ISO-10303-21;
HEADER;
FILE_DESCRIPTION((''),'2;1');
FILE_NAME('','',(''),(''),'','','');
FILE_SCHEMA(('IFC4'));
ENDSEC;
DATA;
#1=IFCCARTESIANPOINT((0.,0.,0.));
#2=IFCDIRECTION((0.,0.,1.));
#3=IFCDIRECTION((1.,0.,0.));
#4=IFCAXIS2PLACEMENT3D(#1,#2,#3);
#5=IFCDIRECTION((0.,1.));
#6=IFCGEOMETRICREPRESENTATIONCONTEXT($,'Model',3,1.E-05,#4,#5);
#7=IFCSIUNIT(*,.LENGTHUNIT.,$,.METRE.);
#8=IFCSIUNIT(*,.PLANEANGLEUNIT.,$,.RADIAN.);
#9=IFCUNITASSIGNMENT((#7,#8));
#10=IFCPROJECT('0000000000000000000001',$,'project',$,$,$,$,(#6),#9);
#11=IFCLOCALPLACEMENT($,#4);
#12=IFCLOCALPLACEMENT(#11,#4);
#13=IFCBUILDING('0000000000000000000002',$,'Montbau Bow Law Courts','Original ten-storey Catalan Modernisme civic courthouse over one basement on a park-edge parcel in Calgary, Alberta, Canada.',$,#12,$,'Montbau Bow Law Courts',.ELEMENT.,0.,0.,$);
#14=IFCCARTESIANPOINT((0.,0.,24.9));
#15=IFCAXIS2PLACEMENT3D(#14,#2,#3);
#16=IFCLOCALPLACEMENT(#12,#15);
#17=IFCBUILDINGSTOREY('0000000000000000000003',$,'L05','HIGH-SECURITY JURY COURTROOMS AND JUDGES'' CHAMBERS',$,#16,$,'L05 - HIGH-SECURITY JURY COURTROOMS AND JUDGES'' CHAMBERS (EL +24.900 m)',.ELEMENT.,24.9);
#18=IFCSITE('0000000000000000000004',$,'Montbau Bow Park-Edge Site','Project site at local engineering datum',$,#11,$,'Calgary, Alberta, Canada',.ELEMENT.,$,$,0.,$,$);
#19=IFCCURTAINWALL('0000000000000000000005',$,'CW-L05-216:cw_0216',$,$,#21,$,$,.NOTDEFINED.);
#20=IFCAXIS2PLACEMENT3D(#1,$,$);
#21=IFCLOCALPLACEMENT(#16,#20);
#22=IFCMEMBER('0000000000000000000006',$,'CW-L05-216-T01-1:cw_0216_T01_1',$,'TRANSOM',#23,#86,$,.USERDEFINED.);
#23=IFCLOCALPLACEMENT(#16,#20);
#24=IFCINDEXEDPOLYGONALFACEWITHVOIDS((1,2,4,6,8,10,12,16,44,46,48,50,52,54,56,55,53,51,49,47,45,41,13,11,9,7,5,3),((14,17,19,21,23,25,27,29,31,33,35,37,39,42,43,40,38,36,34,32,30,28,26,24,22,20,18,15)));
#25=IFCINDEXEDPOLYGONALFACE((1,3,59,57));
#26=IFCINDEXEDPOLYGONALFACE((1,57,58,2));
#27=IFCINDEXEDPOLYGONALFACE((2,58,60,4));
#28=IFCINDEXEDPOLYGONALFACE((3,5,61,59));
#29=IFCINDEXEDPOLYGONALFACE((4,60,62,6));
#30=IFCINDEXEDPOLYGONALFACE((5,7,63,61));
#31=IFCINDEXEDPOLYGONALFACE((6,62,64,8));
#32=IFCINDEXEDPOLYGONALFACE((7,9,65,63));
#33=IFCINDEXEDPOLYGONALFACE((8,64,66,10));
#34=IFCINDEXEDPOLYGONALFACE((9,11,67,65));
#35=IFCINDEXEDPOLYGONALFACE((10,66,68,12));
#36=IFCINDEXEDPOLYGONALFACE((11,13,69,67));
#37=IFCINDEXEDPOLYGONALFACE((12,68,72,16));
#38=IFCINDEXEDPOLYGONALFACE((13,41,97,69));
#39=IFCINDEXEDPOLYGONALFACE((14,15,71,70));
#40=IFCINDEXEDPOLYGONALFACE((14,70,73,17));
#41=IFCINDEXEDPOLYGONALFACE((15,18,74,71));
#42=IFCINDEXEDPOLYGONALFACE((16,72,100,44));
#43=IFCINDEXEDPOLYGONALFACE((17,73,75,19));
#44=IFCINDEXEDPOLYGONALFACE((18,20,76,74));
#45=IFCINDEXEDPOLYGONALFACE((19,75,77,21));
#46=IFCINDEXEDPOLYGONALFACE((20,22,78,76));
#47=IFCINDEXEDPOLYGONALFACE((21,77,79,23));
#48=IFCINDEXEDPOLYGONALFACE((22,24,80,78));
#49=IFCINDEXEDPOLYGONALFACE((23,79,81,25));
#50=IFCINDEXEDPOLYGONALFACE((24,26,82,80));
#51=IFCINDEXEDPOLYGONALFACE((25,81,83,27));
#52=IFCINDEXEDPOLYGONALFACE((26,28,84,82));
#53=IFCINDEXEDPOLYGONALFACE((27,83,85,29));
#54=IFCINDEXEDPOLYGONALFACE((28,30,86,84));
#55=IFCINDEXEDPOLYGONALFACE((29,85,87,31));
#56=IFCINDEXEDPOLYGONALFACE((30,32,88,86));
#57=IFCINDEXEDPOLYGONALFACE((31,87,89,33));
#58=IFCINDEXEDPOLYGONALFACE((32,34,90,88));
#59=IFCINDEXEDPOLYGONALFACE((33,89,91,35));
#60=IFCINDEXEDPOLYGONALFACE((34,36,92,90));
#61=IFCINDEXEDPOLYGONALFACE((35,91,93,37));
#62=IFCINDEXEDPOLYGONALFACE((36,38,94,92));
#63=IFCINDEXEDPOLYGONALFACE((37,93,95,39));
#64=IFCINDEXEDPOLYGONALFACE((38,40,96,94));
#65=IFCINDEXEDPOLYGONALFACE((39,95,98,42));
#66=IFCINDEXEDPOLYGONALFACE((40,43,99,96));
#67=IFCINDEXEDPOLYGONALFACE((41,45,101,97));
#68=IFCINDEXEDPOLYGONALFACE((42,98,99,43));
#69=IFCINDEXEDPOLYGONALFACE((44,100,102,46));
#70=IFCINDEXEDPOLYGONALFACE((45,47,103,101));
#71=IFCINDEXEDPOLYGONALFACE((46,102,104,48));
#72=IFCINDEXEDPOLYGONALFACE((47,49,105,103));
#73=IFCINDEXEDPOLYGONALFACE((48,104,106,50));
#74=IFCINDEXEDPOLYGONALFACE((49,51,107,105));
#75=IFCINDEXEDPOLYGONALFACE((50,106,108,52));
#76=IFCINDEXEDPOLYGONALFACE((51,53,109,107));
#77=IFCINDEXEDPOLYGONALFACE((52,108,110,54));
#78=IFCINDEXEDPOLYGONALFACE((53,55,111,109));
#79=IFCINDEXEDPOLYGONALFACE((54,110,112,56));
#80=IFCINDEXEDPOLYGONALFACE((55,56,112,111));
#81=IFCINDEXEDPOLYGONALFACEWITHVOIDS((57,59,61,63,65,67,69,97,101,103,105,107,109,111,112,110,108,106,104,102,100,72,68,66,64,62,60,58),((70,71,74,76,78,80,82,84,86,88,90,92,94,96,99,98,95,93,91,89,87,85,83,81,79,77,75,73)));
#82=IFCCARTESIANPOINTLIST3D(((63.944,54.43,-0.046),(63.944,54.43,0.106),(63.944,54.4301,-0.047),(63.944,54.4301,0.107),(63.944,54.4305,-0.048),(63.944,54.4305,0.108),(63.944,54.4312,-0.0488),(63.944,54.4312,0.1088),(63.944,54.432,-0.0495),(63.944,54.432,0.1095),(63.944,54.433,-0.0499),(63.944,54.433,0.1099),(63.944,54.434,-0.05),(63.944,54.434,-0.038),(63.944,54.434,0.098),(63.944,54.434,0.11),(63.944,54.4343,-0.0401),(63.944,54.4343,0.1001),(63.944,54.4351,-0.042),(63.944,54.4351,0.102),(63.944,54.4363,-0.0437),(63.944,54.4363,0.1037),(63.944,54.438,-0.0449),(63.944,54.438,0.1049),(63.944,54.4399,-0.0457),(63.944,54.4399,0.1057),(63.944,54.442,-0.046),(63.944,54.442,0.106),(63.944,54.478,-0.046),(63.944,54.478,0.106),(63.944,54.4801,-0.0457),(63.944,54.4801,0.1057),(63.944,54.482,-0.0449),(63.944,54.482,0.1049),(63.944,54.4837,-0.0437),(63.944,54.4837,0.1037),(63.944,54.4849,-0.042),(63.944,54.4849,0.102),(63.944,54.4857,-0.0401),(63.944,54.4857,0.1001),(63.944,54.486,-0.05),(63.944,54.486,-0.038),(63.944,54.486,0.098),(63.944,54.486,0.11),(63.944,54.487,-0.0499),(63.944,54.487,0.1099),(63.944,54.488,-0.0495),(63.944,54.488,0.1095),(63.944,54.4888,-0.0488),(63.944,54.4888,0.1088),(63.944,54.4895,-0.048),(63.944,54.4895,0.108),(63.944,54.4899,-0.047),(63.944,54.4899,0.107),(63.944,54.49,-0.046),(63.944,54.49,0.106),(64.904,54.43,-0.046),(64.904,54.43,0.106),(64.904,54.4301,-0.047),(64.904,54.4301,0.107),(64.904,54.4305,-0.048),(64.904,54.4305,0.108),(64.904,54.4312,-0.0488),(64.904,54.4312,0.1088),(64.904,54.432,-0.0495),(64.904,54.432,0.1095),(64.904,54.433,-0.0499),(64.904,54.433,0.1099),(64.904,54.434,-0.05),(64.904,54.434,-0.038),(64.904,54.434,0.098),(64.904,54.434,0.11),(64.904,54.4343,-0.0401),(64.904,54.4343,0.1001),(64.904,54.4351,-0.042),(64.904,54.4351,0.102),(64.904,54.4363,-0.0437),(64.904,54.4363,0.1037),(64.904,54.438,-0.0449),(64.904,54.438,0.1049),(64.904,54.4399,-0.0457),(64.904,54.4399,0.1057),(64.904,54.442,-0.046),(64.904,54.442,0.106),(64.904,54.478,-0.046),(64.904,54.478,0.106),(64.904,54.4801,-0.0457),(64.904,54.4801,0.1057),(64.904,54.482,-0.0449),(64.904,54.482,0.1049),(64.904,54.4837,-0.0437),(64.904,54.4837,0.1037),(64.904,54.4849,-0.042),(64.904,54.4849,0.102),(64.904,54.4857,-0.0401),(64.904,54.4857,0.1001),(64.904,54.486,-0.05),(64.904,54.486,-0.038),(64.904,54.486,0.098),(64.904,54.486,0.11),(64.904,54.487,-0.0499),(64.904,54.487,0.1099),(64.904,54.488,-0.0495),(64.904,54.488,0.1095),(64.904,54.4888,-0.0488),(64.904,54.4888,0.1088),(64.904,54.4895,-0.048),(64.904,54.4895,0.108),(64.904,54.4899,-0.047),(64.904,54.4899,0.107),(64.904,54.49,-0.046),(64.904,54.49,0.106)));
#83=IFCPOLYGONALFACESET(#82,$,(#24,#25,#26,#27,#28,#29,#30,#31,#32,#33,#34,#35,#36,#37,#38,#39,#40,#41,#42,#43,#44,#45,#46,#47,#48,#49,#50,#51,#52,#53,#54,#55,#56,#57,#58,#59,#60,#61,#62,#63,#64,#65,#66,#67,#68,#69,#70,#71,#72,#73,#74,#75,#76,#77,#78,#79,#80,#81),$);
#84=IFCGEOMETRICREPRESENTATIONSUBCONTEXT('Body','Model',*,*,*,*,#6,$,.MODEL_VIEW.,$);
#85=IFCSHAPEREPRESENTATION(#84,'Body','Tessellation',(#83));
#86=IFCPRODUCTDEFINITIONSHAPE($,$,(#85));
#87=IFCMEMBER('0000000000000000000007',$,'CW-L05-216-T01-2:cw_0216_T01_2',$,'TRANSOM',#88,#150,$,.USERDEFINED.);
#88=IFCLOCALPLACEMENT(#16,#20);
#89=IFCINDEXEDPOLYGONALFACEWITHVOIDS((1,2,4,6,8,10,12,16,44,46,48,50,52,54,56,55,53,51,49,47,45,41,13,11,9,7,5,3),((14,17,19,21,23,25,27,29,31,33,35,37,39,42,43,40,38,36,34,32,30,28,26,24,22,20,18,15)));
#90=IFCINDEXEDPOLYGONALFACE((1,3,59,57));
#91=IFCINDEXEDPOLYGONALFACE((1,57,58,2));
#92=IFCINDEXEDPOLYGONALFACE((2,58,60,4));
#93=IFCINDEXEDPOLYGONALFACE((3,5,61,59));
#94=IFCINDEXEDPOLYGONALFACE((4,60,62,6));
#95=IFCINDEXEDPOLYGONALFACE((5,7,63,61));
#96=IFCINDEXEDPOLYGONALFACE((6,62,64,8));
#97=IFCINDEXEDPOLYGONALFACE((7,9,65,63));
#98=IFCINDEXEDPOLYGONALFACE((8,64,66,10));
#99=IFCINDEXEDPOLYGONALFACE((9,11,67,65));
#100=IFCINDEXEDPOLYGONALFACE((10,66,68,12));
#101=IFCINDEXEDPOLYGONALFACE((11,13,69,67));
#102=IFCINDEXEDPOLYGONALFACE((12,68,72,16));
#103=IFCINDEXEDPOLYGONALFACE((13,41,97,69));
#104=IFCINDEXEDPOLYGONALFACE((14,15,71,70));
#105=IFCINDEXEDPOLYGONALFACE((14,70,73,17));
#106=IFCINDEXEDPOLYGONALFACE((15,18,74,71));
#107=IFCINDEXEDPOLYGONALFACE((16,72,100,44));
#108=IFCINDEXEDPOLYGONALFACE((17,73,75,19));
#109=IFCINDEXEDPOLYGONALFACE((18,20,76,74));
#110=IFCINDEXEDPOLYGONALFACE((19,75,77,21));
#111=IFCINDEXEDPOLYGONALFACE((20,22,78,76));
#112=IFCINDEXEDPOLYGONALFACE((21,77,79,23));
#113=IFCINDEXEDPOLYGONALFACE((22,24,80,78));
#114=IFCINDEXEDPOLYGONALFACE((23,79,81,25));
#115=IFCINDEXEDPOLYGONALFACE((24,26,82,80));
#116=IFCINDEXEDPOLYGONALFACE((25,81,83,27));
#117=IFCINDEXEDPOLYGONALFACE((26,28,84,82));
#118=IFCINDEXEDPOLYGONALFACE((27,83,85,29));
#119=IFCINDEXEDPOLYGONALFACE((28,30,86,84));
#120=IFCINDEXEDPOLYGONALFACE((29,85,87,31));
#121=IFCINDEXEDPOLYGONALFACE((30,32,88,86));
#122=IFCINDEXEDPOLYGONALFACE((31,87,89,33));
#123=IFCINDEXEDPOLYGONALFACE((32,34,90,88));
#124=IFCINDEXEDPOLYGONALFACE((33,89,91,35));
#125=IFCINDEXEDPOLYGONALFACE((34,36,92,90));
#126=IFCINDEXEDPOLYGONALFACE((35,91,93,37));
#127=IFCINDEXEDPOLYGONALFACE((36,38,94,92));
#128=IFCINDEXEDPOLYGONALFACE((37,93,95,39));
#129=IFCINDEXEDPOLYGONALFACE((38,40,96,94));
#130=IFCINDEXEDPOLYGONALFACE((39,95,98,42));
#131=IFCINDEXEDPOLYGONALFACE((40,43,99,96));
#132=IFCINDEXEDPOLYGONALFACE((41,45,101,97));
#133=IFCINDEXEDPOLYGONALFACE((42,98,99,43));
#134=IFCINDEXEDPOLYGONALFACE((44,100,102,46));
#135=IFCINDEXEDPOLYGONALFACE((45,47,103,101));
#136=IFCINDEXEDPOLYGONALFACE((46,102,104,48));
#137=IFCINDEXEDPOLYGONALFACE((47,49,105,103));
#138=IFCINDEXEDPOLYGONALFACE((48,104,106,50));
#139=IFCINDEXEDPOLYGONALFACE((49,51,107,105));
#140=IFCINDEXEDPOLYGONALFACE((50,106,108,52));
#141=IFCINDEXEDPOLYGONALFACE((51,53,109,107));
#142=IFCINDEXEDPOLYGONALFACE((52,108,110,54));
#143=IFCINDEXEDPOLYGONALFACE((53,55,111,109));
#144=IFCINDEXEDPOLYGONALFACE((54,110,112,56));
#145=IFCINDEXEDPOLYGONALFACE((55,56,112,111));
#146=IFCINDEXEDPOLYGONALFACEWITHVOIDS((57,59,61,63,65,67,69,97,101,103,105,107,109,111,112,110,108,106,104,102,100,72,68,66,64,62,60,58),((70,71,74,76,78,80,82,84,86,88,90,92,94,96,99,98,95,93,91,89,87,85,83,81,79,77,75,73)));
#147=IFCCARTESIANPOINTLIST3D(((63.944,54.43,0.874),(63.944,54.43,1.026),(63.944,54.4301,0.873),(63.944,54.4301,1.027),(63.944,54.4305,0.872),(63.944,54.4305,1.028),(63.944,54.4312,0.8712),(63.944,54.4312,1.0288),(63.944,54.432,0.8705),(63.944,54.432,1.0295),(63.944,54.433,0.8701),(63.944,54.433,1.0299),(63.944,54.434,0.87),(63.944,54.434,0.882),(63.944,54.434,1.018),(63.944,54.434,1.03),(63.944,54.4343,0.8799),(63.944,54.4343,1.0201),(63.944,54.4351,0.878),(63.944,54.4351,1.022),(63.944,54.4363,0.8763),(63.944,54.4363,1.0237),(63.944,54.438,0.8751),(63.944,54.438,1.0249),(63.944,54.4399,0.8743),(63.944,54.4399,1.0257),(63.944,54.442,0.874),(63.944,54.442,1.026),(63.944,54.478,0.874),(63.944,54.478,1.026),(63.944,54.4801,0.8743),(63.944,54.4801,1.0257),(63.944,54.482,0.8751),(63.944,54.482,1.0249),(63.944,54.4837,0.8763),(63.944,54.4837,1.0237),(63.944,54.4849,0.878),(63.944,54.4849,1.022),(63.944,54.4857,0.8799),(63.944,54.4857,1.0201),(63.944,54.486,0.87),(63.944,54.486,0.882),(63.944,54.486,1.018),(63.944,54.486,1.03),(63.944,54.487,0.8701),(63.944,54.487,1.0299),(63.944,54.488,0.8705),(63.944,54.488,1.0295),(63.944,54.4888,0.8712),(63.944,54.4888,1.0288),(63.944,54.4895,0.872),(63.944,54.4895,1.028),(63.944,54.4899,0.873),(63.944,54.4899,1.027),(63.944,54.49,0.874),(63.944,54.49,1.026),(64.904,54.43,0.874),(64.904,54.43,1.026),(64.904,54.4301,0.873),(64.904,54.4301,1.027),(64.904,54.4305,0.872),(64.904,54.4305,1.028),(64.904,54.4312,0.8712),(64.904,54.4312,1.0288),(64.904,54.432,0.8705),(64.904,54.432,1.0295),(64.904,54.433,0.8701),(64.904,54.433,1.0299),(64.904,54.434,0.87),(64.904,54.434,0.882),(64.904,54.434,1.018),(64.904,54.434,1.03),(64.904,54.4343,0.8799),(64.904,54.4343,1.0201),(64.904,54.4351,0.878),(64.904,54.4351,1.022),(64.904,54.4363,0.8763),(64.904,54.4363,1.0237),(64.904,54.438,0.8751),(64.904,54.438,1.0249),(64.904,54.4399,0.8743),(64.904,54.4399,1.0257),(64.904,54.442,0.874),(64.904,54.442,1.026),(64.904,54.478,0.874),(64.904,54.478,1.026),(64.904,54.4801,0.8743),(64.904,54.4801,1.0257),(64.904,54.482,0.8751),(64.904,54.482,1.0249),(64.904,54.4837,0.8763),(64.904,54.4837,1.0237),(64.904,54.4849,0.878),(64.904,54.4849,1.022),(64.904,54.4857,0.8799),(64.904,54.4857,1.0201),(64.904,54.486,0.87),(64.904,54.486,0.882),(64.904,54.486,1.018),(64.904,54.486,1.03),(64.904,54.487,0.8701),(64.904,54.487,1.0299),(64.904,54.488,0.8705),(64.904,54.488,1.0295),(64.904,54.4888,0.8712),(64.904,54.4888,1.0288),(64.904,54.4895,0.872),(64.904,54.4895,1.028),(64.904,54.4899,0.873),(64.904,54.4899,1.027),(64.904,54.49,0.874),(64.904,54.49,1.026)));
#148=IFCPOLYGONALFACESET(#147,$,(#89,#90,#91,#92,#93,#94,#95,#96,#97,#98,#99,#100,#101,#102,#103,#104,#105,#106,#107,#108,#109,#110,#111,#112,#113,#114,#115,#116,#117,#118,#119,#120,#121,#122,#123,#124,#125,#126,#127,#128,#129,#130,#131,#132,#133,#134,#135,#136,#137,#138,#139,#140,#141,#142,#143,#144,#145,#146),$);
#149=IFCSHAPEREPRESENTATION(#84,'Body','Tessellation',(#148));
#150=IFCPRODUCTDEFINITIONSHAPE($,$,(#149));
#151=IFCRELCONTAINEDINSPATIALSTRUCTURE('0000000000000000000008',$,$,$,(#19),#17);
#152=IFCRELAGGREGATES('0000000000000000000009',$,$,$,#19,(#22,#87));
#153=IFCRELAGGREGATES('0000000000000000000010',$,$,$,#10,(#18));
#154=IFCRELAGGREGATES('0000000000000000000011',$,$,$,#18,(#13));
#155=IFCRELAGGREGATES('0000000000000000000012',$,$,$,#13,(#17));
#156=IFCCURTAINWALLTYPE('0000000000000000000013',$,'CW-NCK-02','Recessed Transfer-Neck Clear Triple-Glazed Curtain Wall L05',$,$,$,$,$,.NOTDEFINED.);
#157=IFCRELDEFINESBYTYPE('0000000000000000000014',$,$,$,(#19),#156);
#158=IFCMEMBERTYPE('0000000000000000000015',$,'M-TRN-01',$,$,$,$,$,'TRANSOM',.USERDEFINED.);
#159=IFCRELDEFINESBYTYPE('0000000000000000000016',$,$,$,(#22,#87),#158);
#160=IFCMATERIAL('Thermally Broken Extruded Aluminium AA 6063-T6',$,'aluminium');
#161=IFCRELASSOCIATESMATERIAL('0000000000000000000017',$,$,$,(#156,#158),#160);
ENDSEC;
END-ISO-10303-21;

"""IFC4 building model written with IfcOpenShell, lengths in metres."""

from ifc_helpers import new_model, si_unit, direction, frame, origin_with_axes, origin_2d_with_axis, place, context, subcontext, project, spatial, hollow_rectangle, extrude, material, material_profile, profile_set, type_object, element, aggregate, save


model = new_model("IFC4")

# Units and contexts
model_context = context("Model", 3, precision=1e-05, world=origin_with_axes(), true_north=direction((0.0, 1.0)))
body_context = subcontext(model_context, "Body", "Model", "MODEL_VIEW")
ifc_project = project(units=[si_unit("LENGTHUNIT", "METRE"), si_unit("PLANEANGLEUNIT", "RADIAN")], contexts=[model_context])

# Site, building, storey
site_placement = place(None, origin_with_axes())
site = spatial("IfcSite", under=ifc_project, at=site_placement, Name="Montbau Bow Park-Edge Site", Description="Project site at local engineering datum", LongName="Calgary, Alberta, Canada", CompositionType="ELEMENT", RefElevation=0.0)
building_placement = place(site_placement, origin_with_axes())
building = spatial("IfcBuilding", under=site, at=building_placement, Name="Montbau Bow Law Courts", Description="Original ten-storey Catalan Modernisme civic courthouse over one basement on a park-edge parcel in Calgary, Alberta, Canada.", LongName="Montbau Bow Law Courts", CompositionType="ELEMENT", ElevationOfRefHeight=0.0, ElevationOfTerrain=0.0)
storey_placement = place(building_placement, frame((0.0, 0.0, 24.9), z_axis=(0.0, 0.0, 1.0), x_axis=(1.0, 0.0, 0.0)))
storey = spatial("IfcBuildingStorey", under=building, at=storey_placement, Name="L05", Description="HIGH-SECURITY JURY COURTROOMS AND JUDGES' CHAMBERS", LongName="L05 - HIGH-SECURITY JURY COURTROOMS AND JUDGES' CHAMBERS (EL +24.900 m)", CompositionType="ELEMENT", Elevation=24.9)

# Curtain wall
ifc_material_1 = material(Name="Thermally Broken Extruded Aluminium AA 6063-T6", Category="aluminium")
curtain_wall_type = type_object("IfcCurtainWallType", Name="CW-NCK-02", Description="Recessed Transfer-Neck Clear Triple-Glazed Curtain Wall L05", PredefinedType="NOTDEFINED", material=ifc_material_1)
curtain_wall_1_placement = place(None, frame((63.868, 54.46, 24.9), z_axis=(0.0, 0.0, 1.0), x_axis=(1.0, 0.0, 0.0)))
curtain_wall_1 = element("IfcCurtainWall", 1, at=curtain_wall_1_placement, inside=storey, type_object=curtain_wall_type, Name="CW-L05-216:cw_0216", PredefinedType="NOTDEFINED")

# Members
ifc_material_profile_1 = material_profile(ifc_material_1, hollow_rectangle(XDim=0.06, YDim=0.16, WallThickness=0.004, InnerFilletRadius=0.008, OuterFilletRadius=0.004, at=origin_2d_with_axis()), Name="CWT-160X60", Category="Main", Priority=0)
ifc_profile_set_1 = profile_set([ifc_material_profile_1], Name="Thermally Broken Extruded Aluminium AA 6063-T6")
member_type_1 = type_object("IfcMemberType", Name="M-TRN-01", ElementType="TRANSOM", PredefinedType="USERDEFINED", material=ifc_profile_set_1)
member_1_placement = place(None, frame((63.944, 54.46, 24.93), z_axis=(1.0, 0.0, 0.0), x_axis=(0.0, 1.0, 0.0)))
member_1 = element("IfcMember", 2, at=member_1_placement, type_object=member_type_1, Name="CW-L05-216-T01-1:cw_0216_T01_1", ObjectType="TRANSOM", PredefinedType="USERDEFINED", context=body_context, shape_type="SweptSolid", body=[
    extrude(hollow_rectangle(XDim=0.06, YDim=0.16, WallThickness=0.004, InnerFilletRadius=0.008, OuterFilletRadius=0.004, at=origin_2d_with_axis()), origin_with_axes(), (0.0, 0.0, 1.0), 0.96),
])
member_2_placement = place(None, frame((63.944, 54.46, 25.85), z_axis=(1.0, 0.0, 0.0), x_axis=(0.0, 1.0, 0.0)))
member_2 = element("IfcMember", 3, at=member_2_placement, type_object=member_type_1, Name="CW-L05-216-T01-2:cw_0216_T01_2", ObjectType="TRANSOM", PredefinedType="USERDEFINED", context=body_context, shape_type="SweptSolid", body=[
    extrude(hollow_rectangle(XDim=0.06, YDim=0.16, WallThickness=0.004, InnerFilletRadius=0.008, OuterFilletRadius=0.004, at=origin_2d_with_axis()), origin_with_axes(), (0.0, 0.0, 1.0), 0.96),
])

aggregate(curtain_wall_1, [member_1, member_2])

save(model, "model.ifc")
